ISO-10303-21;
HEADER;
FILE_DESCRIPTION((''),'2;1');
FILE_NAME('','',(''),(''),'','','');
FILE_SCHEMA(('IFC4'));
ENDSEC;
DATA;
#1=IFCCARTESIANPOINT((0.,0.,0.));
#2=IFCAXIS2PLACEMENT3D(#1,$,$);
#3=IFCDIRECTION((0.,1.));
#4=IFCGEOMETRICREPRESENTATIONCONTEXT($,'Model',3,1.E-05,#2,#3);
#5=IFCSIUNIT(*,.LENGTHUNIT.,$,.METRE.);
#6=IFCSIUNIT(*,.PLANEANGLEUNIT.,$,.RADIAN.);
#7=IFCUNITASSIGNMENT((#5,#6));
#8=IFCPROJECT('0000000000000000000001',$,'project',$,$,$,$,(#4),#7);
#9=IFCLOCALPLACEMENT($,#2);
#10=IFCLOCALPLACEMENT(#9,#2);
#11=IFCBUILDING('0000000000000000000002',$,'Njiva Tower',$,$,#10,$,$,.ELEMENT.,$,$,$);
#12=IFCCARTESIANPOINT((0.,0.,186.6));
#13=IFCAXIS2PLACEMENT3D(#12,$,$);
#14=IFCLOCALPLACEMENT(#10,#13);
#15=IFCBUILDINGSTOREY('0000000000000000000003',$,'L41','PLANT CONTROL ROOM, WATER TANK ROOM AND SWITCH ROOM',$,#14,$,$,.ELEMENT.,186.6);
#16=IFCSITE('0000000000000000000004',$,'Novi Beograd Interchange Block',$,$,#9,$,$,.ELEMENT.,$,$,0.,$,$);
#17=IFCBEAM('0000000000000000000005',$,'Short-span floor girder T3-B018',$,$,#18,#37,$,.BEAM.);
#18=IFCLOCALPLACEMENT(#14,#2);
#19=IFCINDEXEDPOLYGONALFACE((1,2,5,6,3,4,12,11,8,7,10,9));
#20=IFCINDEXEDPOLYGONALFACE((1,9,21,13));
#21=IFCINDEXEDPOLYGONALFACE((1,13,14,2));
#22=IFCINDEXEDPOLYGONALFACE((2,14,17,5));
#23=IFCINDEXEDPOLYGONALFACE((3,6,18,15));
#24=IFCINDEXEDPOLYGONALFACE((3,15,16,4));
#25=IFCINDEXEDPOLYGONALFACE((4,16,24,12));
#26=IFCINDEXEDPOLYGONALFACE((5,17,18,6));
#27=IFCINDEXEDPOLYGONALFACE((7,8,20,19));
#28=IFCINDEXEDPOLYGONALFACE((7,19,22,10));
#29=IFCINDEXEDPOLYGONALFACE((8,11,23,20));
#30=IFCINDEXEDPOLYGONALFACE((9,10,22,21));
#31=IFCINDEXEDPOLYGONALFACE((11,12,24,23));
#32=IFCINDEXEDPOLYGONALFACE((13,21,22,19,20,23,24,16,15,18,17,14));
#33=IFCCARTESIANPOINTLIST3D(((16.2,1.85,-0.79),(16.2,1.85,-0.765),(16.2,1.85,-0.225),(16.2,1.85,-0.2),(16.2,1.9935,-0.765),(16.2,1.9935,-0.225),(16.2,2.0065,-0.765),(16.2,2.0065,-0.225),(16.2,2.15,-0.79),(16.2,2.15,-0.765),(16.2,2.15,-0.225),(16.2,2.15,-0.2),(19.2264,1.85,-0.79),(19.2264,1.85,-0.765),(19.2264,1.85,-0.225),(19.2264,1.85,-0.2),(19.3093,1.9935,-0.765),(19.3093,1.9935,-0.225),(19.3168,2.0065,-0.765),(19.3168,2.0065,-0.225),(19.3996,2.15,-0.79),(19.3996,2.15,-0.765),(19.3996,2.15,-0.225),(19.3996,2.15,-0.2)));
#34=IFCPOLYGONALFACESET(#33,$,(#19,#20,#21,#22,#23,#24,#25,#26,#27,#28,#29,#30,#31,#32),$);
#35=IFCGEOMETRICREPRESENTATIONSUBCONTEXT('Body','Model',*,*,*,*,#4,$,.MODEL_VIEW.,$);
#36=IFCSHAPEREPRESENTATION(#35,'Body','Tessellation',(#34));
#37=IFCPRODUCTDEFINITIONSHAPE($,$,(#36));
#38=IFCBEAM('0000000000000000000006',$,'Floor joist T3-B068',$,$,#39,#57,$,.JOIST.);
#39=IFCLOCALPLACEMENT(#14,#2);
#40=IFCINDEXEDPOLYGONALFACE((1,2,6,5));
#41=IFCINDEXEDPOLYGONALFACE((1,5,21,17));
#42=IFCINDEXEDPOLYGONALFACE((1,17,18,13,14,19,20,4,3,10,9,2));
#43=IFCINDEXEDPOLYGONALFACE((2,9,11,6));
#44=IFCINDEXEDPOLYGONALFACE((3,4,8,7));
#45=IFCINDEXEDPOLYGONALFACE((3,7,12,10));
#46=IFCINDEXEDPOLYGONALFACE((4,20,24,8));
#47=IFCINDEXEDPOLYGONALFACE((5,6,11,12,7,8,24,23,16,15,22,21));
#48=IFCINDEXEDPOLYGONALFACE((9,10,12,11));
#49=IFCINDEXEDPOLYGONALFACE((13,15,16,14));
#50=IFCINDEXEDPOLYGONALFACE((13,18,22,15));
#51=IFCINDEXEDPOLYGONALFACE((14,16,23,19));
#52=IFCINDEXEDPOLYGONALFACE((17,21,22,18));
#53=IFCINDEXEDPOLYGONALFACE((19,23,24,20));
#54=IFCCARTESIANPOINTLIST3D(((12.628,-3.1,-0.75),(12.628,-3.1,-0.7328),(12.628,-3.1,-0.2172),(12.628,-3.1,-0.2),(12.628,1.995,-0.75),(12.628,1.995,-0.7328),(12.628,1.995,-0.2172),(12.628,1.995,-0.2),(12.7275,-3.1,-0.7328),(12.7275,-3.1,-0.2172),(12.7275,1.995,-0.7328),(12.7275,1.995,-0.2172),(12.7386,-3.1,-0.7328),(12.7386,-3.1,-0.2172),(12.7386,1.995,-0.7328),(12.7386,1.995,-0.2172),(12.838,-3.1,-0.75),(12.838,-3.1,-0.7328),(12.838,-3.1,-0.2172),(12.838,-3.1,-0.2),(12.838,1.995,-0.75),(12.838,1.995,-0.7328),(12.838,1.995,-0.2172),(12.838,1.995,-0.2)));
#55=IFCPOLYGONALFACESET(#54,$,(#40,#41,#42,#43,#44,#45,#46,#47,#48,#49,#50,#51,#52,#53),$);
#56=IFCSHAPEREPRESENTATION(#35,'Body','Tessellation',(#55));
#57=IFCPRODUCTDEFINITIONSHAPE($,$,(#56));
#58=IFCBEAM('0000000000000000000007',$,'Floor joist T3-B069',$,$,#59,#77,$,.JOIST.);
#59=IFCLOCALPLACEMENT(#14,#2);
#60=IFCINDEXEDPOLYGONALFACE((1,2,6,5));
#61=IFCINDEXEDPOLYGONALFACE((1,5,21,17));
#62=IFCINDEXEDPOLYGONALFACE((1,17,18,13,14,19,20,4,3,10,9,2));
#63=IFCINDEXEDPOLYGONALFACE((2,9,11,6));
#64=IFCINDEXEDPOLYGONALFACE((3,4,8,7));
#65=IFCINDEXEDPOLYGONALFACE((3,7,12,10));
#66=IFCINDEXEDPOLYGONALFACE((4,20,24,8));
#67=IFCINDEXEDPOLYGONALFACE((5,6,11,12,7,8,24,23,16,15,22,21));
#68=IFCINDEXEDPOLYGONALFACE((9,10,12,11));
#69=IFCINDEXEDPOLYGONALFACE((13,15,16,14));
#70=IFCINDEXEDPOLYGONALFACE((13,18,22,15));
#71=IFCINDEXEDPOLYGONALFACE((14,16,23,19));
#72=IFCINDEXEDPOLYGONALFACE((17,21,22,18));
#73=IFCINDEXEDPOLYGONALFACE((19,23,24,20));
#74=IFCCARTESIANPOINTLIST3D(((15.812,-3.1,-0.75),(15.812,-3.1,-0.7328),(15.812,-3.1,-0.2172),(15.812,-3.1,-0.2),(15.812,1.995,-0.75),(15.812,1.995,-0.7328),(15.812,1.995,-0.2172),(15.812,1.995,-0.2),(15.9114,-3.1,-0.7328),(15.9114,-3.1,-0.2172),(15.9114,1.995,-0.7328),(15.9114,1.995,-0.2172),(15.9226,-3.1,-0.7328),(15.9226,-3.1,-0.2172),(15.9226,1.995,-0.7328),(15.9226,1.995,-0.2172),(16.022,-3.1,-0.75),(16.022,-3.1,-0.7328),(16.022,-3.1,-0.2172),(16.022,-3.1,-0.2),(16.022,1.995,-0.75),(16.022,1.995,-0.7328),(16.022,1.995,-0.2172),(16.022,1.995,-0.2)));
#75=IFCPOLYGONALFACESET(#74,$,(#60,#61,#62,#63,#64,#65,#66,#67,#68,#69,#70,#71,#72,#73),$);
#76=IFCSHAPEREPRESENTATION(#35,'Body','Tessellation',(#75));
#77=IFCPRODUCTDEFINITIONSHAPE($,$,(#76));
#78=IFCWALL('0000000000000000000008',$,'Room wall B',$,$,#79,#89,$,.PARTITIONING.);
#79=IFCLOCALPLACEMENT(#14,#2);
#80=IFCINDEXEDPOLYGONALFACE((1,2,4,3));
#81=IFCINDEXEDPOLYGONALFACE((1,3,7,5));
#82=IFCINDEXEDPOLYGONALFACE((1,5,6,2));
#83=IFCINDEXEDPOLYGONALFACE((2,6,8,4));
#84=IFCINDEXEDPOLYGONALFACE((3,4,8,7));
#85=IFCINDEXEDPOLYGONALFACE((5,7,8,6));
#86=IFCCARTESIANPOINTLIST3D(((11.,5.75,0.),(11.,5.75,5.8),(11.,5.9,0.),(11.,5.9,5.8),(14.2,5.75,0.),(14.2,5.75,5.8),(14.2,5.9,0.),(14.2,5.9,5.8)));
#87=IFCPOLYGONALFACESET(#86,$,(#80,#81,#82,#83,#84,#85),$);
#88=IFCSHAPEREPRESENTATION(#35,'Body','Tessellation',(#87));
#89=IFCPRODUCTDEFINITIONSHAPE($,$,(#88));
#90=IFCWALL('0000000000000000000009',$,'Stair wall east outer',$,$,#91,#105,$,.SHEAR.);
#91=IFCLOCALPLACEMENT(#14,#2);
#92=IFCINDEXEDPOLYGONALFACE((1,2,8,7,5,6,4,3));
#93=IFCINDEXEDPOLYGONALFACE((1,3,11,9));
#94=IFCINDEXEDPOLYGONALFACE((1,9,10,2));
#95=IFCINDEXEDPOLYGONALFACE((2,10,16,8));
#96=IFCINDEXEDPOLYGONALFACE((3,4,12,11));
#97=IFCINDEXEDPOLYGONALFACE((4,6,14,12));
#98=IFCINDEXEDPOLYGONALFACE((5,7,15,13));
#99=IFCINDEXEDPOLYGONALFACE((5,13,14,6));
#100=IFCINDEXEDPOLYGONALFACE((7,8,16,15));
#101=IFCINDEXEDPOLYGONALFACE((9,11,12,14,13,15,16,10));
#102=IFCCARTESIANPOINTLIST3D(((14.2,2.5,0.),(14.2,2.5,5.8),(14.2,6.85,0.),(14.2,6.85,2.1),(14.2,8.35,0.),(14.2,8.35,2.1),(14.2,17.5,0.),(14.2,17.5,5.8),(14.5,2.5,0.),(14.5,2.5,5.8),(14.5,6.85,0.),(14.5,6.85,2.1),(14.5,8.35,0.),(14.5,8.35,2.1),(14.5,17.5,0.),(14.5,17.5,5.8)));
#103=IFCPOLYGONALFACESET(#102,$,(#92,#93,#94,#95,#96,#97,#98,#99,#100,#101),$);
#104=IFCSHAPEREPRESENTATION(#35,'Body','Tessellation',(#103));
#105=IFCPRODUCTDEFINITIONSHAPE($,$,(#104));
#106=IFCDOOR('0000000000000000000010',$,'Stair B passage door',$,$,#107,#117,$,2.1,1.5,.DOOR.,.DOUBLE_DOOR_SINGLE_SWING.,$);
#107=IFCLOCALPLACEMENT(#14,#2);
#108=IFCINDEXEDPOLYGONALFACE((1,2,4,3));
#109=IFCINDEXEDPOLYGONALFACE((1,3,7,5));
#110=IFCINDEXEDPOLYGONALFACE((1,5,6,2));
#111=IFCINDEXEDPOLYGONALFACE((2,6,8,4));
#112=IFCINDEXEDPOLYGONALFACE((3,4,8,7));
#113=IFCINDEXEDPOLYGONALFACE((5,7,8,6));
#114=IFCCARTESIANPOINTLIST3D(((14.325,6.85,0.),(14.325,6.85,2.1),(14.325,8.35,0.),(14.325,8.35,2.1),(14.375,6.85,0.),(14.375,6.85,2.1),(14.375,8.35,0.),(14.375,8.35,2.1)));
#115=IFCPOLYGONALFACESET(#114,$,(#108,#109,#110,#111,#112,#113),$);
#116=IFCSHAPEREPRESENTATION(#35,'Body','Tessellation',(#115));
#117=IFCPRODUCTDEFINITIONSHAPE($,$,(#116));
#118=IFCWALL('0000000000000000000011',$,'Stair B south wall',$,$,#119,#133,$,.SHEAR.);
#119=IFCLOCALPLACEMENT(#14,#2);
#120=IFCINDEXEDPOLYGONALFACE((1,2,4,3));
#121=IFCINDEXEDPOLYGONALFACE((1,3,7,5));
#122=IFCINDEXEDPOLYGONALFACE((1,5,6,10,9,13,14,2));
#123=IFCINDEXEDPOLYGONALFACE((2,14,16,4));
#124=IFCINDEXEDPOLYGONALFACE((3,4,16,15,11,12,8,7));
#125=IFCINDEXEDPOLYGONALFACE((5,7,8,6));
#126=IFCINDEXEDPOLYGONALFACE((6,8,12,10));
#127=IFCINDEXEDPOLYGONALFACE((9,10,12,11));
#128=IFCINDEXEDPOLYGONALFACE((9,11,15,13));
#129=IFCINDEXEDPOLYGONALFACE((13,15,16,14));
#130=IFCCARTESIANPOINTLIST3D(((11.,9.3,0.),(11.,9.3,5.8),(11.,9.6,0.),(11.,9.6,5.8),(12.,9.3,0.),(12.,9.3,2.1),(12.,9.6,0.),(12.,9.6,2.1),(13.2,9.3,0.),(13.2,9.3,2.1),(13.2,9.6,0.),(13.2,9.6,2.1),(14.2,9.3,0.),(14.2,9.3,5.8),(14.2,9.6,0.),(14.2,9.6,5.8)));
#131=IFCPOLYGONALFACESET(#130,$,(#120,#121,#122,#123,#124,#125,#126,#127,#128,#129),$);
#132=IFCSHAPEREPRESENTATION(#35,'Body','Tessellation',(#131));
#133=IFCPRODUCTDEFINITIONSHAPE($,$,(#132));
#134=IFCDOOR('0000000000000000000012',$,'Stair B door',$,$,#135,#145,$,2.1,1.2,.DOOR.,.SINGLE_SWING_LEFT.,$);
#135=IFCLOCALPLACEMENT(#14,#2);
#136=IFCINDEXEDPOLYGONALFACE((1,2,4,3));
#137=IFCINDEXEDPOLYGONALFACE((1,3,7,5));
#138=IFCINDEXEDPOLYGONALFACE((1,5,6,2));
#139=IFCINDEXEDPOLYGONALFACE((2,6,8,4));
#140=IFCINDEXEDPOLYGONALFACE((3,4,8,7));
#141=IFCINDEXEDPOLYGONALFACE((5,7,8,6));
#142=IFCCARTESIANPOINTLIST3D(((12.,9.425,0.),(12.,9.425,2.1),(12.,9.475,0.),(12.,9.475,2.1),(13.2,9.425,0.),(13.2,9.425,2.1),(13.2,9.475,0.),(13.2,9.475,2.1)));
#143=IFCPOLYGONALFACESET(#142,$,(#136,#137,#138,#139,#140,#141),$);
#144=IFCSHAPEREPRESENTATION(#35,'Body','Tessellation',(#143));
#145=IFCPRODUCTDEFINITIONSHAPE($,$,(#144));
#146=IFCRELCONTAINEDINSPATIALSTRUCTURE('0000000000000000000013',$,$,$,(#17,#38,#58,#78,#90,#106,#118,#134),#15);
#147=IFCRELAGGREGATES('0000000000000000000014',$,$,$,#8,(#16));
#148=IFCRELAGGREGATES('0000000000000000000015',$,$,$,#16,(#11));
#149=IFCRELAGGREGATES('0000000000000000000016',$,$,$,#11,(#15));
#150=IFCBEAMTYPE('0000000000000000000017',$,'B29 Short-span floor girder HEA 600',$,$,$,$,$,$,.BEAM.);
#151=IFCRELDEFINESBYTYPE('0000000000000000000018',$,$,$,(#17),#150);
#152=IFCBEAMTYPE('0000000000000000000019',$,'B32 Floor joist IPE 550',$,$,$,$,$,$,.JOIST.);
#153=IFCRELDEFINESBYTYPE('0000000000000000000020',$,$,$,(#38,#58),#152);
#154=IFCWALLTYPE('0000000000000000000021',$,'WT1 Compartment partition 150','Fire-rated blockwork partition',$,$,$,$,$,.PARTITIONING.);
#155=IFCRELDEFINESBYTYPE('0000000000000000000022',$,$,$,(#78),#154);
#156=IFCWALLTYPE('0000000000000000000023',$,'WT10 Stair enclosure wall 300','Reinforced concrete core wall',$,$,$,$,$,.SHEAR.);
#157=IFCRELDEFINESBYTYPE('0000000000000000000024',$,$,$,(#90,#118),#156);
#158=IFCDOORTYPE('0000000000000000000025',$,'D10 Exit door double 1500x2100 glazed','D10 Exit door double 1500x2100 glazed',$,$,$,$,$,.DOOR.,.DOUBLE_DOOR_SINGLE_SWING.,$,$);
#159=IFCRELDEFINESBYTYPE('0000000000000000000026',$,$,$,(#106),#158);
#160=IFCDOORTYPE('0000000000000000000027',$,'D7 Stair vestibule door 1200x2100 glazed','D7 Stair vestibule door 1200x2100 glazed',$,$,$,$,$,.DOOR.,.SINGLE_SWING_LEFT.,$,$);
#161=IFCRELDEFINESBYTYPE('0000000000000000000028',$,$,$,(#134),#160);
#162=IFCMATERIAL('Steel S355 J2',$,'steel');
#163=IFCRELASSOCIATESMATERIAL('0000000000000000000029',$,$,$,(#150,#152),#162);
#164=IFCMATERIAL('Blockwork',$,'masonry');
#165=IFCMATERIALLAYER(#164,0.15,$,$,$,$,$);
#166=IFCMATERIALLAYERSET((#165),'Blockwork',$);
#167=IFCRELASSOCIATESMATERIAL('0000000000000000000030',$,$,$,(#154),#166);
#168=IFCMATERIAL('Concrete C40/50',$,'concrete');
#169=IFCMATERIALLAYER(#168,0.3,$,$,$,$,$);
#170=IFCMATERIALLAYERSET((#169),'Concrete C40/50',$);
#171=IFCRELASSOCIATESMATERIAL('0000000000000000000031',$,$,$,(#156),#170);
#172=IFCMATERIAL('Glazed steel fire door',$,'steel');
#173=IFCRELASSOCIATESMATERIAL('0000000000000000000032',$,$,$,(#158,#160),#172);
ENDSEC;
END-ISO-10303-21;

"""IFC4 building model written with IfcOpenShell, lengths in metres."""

from ifc_helpers import new_model, si_unit, direction, frame, frame_2d, origin, origin_2d, place, context, subcontext, project, spatial, rectangle, i_section, extrude, clip, halfspace, material, layer, layer_set, material_profile, profile_set, type_object, element, fill, save


model = new_model("IFC4")

# Units and contexts
model_context = context("Model", 3, precision=1e-05, world=origin(), true_north=direction((0.0, 1.0)))
body_context = subcontext(model_context, "Body", "Model", "MODEL_VIEW")
ifc_project = project(units=[si_unit("LENGTHUNIT", "METRE"), si_unit("PLANEANGLEUNIT", "RADIAN")], contexts=[model_context])

# Site, building, storey
site_placement = place(None, origin())
site = spatial("IfcSite", under=ifc_project, at=site_placement, Name="Novi Beograd Interchange Block", CompositionType="ELEMENT", RefElevation=0.0)
building_placement = place(site_placement, origin())
building = spatial("IfcBuilding", under=site, at=building_placement, Name="Njiva Tower", CompositionType="ELEMENT")
storey_placement = place(building_placement, frame((0.0, 0.0, 186.6)))
storey = spatial("IfcBuildingStorey", under=building, at=storey_placement, Name="L41", Description="PLANT CONTROL ROOM, WATER TANK ROOM AND SWITCH ROOM", CompositionType="ELEMENT", Elevation=186.6)

# Beams
ifc_material_1 = material(Name="Steel S355 J2", Category="steel")
ifc_material_profile_1 = material_profile(ifc_material_1, i_section(OverallWidth=0.3, OverallDepth=0.59, WebThickness=0.013, FlangeThickness=0.025, at=origin_2d()), Name="HEA 600")
ifc_profile_set_1 = profile_set([ifc_material_profile_1], Name="Steel S355 J2")
beam_type_1 = type_object("IfcBeamType", Name="B29 Short-span floor girder HEA 600", PredefinedType="BEAM", material=ifc_profile_set_1)
beam_placement = place(storey_placement, frame((16.2, 2.0, -0.495), z_axis=(1.0, 0.0, 0.0), x_axis=(0.0, 1.0, 0.0)))
element("IfcBeam", 1, at=beam_placement, inside=storey, type_object=beam_type_1, Name="Short-span floor girder T3-B018", PredefinedType="BEAM", context=body_context, shape_type="Clipping", body=[
    clip(extrude(i_section(OverallWidth=0.3, OverallDepth=0.59, WebThickness=0.013, FlangeThickness=0.025, at=origin_2d()), origin(), (0.0, 0.0, 1.0), 3.22), halfspace(frame((-0.025, 0.0, 3.0986), z_axis=(-0.499998, 0.0, 0.866027), x_axis=(0.0, 1.0, 0.0)), False)),
])
ifc_material_profile_2 = material_profile(ifc_material_1, i_section(OverallWidth=0.21, OverallDepth=0.55, WebThickness=0.0111, FlangeThickness=0.0172, at=origin_2d()), Name="IPE 550")
ifc_profile_set_2 = profile_set([ifc_material_profile_2], Name="Steel S355 J2")
beam_type_2 = type_object("IfcBeamType", Name="B32 Floor joist IPE 550", PredefinedType="JOIST", material=ifc_profile_set_2)
for number, where, z_axis, x_axis, name in (
    (2, (12.733, 1.995, -0.475), (0.0, -1.0, 0.0), (1.0, 0.0, 0.0), "Floor joist T3-B068"),
    (3, (15.917, 1.995, -0.475), (0.0, -1.0, 0.0), (1.0, 0.0, 0.0), "Floor joist T3-B069"),
):
    element("IfcBeam", number, at=place(storey_placement, frame(where, z_axis=z_axis, x_axis=x_axis)), inside=storey, type_object=beam_type_2, Name=name, PredefinedType="JOIST", context=body_context, shape_type="SweptSolid", body=[
        extrude(i_section(OverallWidth=0.21, OverallDepth=0.55, WebThickness=0.0111, FlangeThickness=0.0172, at=origin_2d()), origin(), (0.0, 0.0, 1.0), 5.095),
    ])

# Wall
ifc_material_2 = material(Name="Blockwork", Category="masonry")
ifc_layer_1 = layer(ifc_material_2, 0.15)
ifc_layer_set_1 = layer_set([ifc_layer_1], Name="Blockwork")
wall_type_1 = type_object("IfcWallType", Name="WT1 Compartment partition 150", Description="Fire-rated blockwork partition", PredefinedType="PARTITIONING", material=ifc_layer_set_1)
wall_1_placement = place(storey_placement, frame((11.0, 5.825, 0.0), z_axis=(0.0, 0.0, 1.0), x_axis=(1.0, 0.0, 0.0)))
element("IfcWall", 4, at=wall_1_placement, inside=storey, type_object=wall_type_1, Name="Room wall B", PredefinedType="PARTITIONING", context=body_context, shape_type="SweptSolid", body=[
    extrude(rectangle(XDim=3.2, YDim=0.15, at=frame_2d((1.6, 0.0))), origin(), (0.0, 0.0, 1.0), 5.8),
])

# Walls, openings, doors
ifc_material_3 = material(Name="Concrete C40/50", Category="concrete")
ifc_layer_2 = layer(ifc_material_3, 0.3)
ifc_layer_set_2 = layer_set([ifc_layer_2], Name="Concrete C40/50")
wall_type_2 = type_object("IfcWallType", Name="WT10 Stair enclosure wall 300", Description="Reinforced concrete core wall", PredefinedType="SHEAR", material=ifc_layer_set_2)
wall_2_placement = place(storey_placement, frame((14.35, 2.5, 0.0), z_axis=(0.0, 0.0, 1.0), x_axis=(0.0, 1.0, 0.0)))
wall_2 = element("IfcWall", 5, at=wall_2_placement, inside=storey, type_object=wall_type_2, Name="Stair wall east outer", PredefinedType="SHEAR", context=body_context, shape_type="SweptSolid", body=[
    extrude(rectangle(XDim=15.0, YDim=0.3, at=frame_2d((7.5, 0.0))), origin(), (0.0, 0.0, 1.0), 5.8),
])
opening_1_placement = place(wall_2_placement, frame((4.35, 0.0, 0.0)))
opening_1 = element("IfcOpeningElement", 6, at=opening_1_placement, cuts=wall_2, PredefinedType="OPENING", context=body_context, shape_type="SweptSolid", body=[
    extrude(rectangle(XDim=1.5, YDim=2.1, at=frame_2d((0.75, 1.05))), frame((0.0, 0.16, 0.0), z_axis=(0.0, -1.0, 0.0), x_axis=(1.0, 0.0, 0.0)), (0.0, 0.0, 1.0), 0.32),
])
ifc_material_4 = material(Name="Glazed steel fire door", Category="steel")
door_type_1 = type_object("IfcDoorType", Name="D10 Exit door double 1500x2100 glazed", Description="D10 Exit door double 1500x2100 glazed", OperationType="DOUBLE_DOOR_SINGLE_SWING", PredefinedType="DOOR", material=ifc_material_4)
door_1_placement = place(opening_1_placement, origin())
door_1 = element("IfcDoor", 7, at=door_1_placement, inside=storey, type_object=door_type_1, Name="Stair B passage door", OperationType="DOUBLE_DOOR_SINGLE_SWING", OverallHeight=2.1, OverallWidth=1.5, PredefinedType="DOOR", context=body_context, shape_type="SweptSolid", body=[
    extrude(rectangle(XDim=1.5, YDim=2.1, at=frame_2d((0.75, 1.05))), frame((0.0, 0.025, 0.0), z_axis=(0.0, -1.0, 0.0), x_axis=(1.0, 0.0, 0.0)), (0.0, 0.0, 1.0), 0.05),
])
fill(opening_1, door_1)
wall_3_placement = place(storey_placement, frame((11.0, 9.45, 0.0), z_axis=(0.0, 0.0, 1.0), x_axis=(1.0, 0.0, 0.0)))
wall_3 = element("IfcWall", 8, at=wall_3_placement, inside=storey, type_object=wall_type_2, Name="Stair B south wall", PredefinedType="SHEAR", context=body_context, shape_type="SweptSolid", body=[
    extrude(rectangle(XDim=3.2, YDim=0.3, at=frame_2d((1.6, 0.0))), origin(), (0.0, 0.0, 1.0), 5.8),
])
opening_2_placement = place(wall_3_placement, frame((1.0, 0.0, 0.0)))
opening_2 = element("IfcOpeningElement", 9, at=opening_2_placement, cuts=wall_3, PredefinedType="OPENING", context=body_context, shape_type="SweptSolid", body=[
    extrude(rectangle(XDim=1.2, YDim=2.1, at=frame_2d((0.6, 1.05))), frame((0.0, 0.16, 0.0), z_axis=(0.0, -1.0, 0.0), x_axis=(1.0, 0.0, 0.0)), (0.0, 0.0, 1.0), 0.32),
])
door_type_2 = type_object("IfcDoorType", Name="D7 Stair vestibule door 1200x2100 glazed", Description="D7 Stair vestibule door 1200x2100 glazed", OperationType="SINGLE_SWING_LEFT", PredefinedType="DOOR", material=ifc_material_4)
door_2_placement = place(opening_2_placement, origin())
door_2 = element("IfcDoor", 10, at=door_2_placement, inside=storey, type_object=door_type_2, Name="Stair B door", OperationType="SINGLE_SWING_LEFT", OverallHeight=2.1, OverallWidth=1.2, PredefinedType="DOOR", context=body_context, shape_type="SweptSolid", body=[
    extrude(rectangle(XDim=1.2, YDim=2.1, at=frame_2d((0.6, 1.05))), frame((0.0, 0.025, 0.0), z_axis=(0.0, -1.0, 0.0), x_axis=(1.0, 0.0, 0.0)), (0.0, 0.0, 1.0), 0.05),
])
fill(opening_2, door_2)

save(model, "model.ifc")
